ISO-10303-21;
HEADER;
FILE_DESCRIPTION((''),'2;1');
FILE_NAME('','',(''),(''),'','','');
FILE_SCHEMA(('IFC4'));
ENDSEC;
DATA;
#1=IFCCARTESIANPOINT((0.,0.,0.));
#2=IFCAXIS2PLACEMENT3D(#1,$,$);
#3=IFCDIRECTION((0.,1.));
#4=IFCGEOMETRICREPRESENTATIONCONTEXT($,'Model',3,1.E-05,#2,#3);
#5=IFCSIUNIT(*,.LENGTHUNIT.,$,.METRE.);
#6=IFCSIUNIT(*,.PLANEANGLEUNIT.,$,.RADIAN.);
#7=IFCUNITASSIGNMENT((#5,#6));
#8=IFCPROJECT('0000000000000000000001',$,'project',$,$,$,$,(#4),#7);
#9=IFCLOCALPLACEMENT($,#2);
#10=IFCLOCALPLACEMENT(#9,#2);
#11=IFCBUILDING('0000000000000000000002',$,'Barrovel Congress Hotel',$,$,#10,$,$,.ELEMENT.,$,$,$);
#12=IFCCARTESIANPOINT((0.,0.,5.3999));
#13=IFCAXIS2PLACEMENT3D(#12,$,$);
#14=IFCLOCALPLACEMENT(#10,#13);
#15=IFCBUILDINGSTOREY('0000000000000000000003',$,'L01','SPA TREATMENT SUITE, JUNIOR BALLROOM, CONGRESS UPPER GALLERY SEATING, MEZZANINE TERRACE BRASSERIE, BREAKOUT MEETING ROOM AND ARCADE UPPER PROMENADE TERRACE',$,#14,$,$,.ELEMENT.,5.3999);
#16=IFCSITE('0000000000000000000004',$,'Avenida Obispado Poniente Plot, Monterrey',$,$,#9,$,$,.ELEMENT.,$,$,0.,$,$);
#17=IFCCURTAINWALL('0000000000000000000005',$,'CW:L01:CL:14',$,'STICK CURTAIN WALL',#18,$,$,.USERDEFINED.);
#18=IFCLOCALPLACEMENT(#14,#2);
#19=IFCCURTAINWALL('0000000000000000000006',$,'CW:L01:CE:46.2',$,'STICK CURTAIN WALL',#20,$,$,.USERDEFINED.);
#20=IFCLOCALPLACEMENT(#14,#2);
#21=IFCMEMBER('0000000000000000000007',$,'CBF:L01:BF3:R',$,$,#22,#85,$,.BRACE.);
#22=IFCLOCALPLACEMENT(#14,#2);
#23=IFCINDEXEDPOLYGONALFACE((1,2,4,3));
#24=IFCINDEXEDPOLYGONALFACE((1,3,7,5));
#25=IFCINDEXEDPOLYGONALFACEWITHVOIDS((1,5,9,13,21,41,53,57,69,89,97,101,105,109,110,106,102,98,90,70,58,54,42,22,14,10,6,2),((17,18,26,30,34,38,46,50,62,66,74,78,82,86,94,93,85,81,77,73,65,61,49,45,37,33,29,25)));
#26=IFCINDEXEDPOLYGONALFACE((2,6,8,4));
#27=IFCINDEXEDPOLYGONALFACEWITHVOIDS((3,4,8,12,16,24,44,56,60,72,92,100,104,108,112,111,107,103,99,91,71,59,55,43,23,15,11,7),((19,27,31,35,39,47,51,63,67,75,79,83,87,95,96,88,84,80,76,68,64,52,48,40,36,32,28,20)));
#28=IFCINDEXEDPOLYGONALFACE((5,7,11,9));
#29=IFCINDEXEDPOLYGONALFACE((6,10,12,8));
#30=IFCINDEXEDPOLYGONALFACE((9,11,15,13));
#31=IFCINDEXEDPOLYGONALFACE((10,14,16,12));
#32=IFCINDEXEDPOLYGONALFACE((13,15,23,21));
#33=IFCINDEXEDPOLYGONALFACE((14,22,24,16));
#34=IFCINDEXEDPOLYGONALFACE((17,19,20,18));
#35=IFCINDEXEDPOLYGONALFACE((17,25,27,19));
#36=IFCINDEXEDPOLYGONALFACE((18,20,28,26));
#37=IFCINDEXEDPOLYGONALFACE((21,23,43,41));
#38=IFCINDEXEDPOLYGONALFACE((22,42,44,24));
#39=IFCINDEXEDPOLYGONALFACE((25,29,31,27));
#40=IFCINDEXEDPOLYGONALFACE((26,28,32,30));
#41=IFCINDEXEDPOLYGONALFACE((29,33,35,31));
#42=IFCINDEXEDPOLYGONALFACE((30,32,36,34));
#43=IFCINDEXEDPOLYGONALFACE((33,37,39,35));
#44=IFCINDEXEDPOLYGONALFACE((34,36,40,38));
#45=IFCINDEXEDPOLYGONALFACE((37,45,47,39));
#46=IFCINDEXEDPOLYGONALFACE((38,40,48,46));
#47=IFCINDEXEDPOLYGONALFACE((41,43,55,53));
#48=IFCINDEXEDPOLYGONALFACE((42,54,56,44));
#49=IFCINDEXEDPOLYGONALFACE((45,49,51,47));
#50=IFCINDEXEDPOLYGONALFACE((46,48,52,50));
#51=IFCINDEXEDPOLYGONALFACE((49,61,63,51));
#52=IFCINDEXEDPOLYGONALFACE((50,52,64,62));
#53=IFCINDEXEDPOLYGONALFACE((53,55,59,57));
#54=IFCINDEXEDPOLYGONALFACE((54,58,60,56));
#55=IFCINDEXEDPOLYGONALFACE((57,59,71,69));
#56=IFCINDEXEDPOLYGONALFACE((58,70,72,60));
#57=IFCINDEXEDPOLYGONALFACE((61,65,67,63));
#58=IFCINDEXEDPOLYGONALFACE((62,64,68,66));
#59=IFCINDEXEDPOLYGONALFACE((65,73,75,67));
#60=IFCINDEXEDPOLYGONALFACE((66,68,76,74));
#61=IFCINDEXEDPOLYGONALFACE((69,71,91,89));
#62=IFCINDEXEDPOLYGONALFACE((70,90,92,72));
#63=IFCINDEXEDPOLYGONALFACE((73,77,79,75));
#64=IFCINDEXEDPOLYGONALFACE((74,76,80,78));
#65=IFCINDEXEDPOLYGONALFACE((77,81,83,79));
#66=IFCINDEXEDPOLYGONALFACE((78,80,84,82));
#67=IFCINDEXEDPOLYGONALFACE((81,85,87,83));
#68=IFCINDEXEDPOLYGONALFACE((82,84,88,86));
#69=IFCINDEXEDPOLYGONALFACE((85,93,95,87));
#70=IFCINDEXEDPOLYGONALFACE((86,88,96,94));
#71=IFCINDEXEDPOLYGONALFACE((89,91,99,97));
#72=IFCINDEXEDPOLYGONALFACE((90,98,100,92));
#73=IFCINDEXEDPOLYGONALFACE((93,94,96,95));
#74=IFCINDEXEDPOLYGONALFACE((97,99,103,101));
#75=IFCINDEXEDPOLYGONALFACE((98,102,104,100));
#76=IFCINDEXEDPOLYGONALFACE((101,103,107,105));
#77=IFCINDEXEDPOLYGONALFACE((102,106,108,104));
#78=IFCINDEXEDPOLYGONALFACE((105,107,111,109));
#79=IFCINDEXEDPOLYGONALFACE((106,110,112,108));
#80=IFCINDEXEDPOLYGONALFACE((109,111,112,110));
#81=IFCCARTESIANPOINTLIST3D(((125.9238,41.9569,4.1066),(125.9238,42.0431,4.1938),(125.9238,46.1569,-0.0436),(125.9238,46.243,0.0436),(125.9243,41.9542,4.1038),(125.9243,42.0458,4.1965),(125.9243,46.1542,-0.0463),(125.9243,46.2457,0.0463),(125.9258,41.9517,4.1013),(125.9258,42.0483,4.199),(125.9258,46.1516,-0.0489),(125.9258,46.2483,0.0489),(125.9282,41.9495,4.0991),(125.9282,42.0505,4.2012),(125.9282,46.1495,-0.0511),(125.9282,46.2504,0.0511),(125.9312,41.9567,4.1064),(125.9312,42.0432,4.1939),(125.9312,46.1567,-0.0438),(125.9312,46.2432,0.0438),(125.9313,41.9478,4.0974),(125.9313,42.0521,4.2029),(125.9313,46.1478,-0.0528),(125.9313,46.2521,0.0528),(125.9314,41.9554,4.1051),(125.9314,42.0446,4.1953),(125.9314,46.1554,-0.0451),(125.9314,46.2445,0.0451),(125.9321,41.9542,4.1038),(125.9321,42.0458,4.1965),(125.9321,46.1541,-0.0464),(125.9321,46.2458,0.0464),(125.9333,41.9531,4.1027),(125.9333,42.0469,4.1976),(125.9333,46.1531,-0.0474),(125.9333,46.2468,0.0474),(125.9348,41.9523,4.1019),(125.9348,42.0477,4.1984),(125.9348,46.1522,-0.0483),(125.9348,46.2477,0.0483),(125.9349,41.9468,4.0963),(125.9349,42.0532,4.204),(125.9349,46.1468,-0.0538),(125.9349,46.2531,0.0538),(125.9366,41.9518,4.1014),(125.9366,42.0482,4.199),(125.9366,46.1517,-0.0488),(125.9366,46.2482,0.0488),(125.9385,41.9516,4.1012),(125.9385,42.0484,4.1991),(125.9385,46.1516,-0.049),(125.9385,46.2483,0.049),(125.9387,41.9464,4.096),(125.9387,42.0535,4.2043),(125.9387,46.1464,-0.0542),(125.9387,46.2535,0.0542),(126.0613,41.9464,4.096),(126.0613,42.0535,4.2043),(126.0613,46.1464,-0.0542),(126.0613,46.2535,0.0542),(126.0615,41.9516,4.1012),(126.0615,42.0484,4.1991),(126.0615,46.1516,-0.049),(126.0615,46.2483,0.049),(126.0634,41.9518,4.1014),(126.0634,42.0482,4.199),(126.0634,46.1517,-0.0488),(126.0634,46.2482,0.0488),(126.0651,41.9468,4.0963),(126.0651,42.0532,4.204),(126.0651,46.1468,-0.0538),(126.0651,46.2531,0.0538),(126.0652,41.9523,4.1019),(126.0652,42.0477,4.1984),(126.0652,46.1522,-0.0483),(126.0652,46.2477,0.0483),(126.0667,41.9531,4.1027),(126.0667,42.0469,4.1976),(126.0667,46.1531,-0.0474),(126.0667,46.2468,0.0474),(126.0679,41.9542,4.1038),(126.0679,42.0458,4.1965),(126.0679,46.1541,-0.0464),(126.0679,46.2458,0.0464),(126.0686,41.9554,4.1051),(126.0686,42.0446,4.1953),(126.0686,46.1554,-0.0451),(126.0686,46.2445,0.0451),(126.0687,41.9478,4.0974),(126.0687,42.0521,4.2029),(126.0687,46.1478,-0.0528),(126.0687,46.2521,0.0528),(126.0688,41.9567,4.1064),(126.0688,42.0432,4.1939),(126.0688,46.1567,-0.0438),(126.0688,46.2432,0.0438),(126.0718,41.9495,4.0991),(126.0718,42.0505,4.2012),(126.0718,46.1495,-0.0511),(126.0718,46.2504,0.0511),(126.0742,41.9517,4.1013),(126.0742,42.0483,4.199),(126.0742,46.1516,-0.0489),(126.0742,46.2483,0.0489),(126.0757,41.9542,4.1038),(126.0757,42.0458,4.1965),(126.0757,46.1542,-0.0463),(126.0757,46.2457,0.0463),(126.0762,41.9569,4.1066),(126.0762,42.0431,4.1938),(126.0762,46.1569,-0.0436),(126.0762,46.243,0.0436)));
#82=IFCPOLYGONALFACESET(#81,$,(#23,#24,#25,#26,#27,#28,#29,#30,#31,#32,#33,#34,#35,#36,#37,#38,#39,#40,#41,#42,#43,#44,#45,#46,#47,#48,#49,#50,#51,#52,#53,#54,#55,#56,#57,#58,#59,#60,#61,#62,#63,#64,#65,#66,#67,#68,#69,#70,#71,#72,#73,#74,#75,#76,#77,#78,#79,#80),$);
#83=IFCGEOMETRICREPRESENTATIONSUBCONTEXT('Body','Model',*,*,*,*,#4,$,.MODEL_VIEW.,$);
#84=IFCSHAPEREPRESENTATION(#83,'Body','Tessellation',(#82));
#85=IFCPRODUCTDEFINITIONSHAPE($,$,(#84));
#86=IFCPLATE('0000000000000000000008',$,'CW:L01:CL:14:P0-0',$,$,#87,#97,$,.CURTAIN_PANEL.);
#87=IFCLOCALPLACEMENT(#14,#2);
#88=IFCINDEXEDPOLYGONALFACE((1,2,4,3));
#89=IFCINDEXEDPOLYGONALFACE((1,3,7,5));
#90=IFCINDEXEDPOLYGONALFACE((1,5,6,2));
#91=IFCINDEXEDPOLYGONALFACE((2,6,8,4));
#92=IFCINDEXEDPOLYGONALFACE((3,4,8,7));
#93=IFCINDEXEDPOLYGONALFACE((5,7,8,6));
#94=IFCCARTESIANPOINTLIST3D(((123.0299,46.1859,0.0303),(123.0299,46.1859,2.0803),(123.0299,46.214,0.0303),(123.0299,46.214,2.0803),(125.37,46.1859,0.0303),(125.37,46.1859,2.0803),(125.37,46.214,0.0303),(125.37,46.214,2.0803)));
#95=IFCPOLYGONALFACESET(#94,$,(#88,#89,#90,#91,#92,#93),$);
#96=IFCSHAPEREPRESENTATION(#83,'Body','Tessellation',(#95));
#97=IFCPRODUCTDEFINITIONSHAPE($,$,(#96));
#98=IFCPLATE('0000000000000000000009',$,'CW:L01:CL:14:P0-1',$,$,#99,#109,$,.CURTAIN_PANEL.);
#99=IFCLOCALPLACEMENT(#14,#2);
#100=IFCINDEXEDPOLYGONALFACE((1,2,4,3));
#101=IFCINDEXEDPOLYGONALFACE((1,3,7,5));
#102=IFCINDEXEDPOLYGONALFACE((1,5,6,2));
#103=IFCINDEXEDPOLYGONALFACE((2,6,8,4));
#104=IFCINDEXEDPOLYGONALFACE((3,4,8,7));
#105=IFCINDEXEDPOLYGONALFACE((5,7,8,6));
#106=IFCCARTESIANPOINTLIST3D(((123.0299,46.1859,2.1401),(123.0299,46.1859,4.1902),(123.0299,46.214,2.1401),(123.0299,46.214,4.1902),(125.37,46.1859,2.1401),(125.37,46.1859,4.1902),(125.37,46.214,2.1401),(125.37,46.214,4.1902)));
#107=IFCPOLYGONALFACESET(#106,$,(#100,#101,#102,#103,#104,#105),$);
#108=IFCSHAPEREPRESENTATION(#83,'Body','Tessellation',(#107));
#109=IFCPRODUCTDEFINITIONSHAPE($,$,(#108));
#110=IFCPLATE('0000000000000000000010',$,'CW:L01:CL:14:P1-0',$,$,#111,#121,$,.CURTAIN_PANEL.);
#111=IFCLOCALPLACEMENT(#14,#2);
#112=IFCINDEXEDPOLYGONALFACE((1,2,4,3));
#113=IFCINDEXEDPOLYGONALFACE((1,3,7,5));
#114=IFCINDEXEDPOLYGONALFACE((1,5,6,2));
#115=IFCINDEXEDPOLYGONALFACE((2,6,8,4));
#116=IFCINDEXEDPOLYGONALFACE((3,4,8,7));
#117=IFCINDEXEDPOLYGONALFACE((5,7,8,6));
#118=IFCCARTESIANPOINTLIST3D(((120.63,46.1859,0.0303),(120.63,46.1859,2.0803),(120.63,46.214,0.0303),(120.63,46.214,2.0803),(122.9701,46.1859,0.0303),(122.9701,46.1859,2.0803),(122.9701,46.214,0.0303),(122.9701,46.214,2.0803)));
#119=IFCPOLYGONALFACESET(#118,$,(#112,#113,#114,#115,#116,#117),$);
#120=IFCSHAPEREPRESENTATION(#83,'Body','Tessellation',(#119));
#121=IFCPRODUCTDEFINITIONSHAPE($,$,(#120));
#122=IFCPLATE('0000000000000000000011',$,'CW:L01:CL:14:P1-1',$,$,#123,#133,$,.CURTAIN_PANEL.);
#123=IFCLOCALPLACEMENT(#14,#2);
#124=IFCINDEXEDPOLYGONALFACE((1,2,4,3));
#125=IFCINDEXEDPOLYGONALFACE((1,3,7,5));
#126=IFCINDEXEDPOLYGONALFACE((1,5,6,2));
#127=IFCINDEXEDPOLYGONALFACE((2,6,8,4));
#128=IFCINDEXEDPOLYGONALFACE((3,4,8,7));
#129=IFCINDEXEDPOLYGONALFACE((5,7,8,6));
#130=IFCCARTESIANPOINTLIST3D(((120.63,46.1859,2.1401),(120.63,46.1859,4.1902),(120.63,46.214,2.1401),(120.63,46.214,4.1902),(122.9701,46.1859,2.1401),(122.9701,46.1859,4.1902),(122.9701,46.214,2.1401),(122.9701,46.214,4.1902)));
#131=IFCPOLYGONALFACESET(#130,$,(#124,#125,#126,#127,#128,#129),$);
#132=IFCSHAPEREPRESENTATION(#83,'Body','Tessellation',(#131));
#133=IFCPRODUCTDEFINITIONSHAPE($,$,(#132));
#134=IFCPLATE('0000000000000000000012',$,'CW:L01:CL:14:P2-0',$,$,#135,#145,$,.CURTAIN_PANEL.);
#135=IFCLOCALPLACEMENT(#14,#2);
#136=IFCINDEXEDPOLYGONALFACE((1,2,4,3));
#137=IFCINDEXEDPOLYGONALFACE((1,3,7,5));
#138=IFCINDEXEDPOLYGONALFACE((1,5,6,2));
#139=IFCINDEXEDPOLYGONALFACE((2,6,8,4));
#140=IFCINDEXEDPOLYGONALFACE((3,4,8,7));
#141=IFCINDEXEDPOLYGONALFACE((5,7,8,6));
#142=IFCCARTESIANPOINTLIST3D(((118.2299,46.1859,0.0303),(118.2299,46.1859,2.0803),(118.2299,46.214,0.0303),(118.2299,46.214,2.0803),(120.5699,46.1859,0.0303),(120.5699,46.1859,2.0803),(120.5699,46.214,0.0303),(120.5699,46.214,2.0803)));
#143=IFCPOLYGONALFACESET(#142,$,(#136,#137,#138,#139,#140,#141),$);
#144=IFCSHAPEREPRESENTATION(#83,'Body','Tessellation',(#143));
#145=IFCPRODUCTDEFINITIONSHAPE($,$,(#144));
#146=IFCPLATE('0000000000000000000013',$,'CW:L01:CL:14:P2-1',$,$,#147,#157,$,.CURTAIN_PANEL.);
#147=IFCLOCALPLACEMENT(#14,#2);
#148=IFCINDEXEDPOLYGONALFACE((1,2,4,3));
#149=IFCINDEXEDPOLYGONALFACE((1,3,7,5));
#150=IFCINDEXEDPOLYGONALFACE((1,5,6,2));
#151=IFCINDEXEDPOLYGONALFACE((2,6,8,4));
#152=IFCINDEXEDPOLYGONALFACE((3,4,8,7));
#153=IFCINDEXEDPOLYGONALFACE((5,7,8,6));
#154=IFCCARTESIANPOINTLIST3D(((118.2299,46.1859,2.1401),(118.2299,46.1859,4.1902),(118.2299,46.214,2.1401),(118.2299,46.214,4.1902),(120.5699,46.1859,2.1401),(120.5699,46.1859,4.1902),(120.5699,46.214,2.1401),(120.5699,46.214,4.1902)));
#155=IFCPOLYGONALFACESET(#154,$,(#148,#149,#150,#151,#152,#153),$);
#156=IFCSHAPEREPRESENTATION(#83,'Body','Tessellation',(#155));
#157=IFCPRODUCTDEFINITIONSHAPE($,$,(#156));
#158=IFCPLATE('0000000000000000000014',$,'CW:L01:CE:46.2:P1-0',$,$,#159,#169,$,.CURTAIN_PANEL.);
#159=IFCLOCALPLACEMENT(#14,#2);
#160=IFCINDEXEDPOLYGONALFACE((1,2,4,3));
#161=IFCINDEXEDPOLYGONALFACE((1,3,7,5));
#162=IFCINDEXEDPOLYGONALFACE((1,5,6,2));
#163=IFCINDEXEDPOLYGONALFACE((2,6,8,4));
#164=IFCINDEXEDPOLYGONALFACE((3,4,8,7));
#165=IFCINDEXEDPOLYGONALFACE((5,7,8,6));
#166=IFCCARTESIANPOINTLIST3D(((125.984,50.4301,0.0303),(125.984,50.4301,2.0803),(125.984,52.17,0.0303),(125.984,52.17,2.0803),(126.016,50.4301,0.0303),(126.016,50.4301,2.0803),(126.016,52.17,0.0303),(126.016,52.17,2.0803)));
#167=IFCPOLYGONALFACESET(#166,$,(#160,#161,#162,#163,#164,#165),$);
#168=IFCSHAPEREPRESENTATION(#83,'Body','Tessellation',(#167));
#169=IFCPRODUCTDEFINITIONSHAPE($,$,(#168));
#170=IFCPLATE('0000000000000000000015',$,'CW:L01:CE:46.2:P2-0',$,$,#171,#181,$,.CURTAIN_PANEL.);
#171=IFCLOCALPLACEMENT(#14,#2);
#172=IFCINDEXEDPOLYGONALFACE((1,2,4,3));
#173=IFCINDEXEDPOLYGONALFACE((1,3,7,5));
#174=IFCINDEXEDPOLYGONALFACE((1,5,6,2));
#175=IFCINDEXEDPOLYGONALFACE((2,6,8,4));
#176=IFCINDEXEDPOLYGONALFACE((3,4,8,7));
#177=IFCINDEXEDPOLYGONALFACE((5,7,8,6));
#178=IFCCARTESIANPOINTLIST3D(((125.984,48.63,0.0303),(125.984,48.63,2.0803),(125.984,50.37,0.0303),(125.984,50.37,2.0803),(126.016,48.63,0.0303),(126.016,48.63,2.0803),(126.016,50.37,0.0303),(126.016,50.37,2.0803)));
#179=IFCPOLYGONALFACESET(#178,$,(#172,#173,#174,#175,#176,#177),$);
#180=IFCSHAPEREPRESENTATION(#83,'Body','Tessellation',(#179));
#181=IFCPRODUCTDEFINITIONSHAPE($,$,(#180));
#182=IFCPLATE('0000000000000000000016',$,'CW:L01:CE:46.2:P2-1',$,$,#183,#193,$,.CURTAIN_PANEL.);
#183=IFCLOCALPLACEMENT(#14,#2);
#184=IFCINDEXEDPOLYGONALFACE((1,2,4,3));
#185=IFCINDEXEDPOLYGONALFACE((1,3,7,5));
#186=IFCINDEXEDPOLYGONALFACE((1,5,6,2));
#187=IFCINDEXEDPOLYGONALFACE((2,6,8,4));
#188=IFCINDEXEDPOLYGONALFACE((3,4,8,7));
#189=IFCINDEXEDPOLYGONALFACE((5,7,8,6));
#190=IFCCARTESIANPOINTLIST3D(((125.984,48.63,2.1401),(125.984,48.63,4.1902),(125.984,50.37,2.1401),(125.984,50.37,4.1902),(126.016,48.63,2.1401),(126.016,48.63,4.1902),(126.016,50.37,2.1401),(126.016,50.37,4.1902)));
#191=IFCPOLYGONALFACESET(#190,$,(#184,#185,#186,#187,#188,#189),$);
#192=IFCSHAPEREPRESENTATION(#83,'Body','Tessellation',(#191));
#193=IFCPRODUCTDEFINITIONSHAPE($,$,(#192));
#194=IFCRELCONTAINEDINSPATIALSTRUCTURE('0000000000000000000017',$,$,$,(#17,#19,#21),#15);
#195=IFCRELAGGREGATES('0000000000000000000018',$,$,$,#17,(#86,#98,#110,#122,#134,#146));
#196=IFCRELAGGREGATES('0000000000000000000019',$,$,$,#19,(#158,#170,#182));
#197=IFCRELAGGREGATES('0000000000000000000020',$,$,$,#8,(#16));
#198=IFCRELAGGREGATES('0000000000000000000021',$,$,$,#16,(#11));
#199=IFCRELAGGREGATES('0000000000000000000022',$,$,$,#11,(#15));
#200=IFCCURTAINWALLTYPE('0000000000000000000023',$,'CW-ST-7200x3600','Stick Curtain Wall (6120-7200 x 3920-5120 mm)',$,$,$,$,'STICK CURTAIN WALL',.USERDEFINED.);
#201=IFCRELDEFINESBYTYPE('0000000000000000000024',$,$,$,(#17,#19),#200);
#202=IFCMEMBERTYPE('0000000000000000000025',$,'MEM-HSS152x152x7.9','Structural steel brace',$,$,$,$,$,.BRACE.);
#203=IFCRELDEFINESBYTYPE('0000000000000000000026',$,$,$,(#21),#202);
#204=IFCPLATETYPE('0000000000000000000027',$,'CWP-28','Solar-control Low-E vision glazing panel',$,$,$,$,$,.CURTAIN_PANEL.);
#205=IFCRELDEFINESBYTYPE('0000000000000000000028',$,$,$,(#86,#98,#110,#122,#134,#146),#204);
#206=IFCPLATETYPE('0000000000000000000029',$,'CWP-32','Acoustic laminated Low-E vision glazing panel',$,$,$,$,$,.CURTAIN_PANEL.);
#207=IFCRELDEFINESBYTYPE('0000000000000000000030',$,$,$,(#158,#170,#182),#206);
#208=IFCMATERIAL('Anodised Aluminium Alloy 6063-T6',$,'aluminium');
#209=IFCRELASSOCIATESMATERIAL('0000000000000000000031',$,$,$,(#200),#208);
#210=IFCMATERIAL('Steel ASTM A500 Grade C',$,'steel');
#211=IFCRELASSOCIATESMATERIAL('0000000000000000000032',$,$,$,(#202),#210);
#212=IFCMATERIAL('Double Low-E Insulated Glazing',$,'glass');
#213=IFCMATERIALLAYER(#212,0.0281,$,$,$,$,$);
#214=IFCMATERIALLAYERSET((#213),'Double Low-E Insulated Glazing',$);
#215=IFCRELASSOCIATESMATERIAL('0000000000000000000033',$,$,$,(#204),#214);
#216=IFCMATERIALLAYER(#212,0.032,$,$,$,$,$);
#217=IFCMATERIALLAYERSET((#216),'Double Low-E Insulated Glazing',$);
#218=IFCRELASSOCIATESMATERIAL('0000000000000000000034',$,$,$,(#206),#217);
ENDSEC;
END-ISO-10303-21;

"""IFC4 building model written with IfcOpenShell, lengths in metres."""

from ifc_helpers import new_model, si_unit, direction, frame, origin, origin_2d, place, context, subcontext, project, spatial, rectangle, hollow_rectangle, extrude, material, layer, layer_set, material_profile, profile_set, type_object, element, aggregate, save


model = new_model("IFC4")

# Units and contexts
model_context = context("Model", 3, precision=1e-05, world=origin(), true_north=direction((0.0, 1.0)))
body_context = subcontext(model_context, "Body", "Model", "MODEL_VIEW")
ifc_project = project(units=[si_unit("LENGTHUNIT", "METRE"), si_unit("PLANEANGLEUNIT", "RADIAN")], contexts=[model_context])

# Site, building, storey
site_placement = place(None, origin())
site = spatial("IfcSite", under=ifc_project, at=site_placement, Name="Avenida Obispado Poniente Plot, Monterrey", CompositionType="ELEMENT", RefElevation=0.0)
building_placement = place(site_placement, origin())
building = spatial("IfcBuilding", under=site, at=building_placement, Name="Barrovel Congress Hotel", CompositionType="ELEMENT")
storey_placement = place(building_placement, frame((0.0, 0.0, 5.3999)))
storey = spatial("IfcBuildingStorey", under=building, at=storey_placement, Name="L01", Description="SPA TREATMENT SUITE, JUNIOR BALLROOM, CONGRESS UPPER GALLERY SEATING, MEZZANINE TERRACE BRASSERIE, BREAKOUT MEETING ROOM AND ARCADE UPPER PROMENADE TERRACE", CompositionType="ELEMENT", Elevation=5.3999)

# Curtain walls
ifc_material_1 = material(Name="Anodised Aluminium Alloy 6063-T6", Category="aluminium")
curtain_wall_type = type_object("IfcCurtainWallType", Name="CW-ST-7200x3600", Description="Stick Curtain Wall (6120-7200 x 3920-5120 mm)", ElementType="STICK CURTAIN WALL", PredefinedType="USERDEFINED", material=ifc_material_1)
curtain_wall_1_placement = place(storey_placement, origin())
curtain_wall_1 = element("IfcCurtainWall", 1, at=curtain_wall_1_placement, inside=storey, type_object=curtain_wall_type, Name="CW:L01:CL:14", ObjectType="STICK CURTAIN WALL", PredefinedType="USERDEFINED")
curtain_wall_2_placement = place(storey_placement, origin())
curtain_wall_2 = element("IfcCurtainWall", 2, at=curtain_wall_2_placement, inside=storey, type_object=curtain_wall_type, Name="CW:L01:CE:46.2", ObjectType="STICK CURTAIN WALL", PredefinedType="USERDEFINED")

# Member
ifc_material_2 = material(Name="Steel ASTM A500 Grade C", Category="steel")
ifc_material_profile_1 = material_profile(ifc_material_2, hollow_rectangle(XDim=0.1523, YDim=0.1523, WallThickness=0.0073, InnerFilletRadius=0.0073, OuterFilletRadius=0.0149, at=origin_2d()), Name="HSS152x152x7.9")
ifc_profile_set_1 = profile_set([ifc_material_profile_1], Name="Steel ASTM A500 Grade C")
member_type_1 = type_object("IfcMemberType", Name="MEM-HSS152x152x7.9", Description="Structural steel brace", PredefinedType="BRACE", material=ifc_profile_set_1)
member_1_placement = place(storey_placement, frame((126.0, 46.2, 0.0), z_axis=(0.0, -0.711312, 0.702877), x_axis=(1.0, 0.0, 0.0)))
element("IfcMember", 3, at=member_1_placement, inside=storey, type_object=member_type_1, Name="CBF:L01:BF3:R", PredefinedType="BRACE", context=body_context, shape_type="SweptSolid", body=[
    extrude(hollow_rectangle(XDim=0.1523, YDim=0.1523, WallThickness=0.0073, InnerFilletRadius=0.0073, OuterFilletRadius=0.0149, at=origin_2d()), origin(), (0.0, 0.0, 1.0), 5.9045),
])

# Plates
ifc_material_3 = material(Name="Double Low-E Insulated Glazing", Category="glass")
ifc_layer_1 = layer(ifc_material_3, 0.0281)
ifc_layer_set_1 = layer_set([ifc_layer_1], Name="Double Low-E Insulated Glazing")
plate_type_1 = type_object("IfcPlateType", Name="CWP-28", Description="Solar-control Low-E vision glazing panel", PredefinedType="CURTAIN_PANEL", material=ifc_layer_set_1)
plate_1_placement = place(storey_placement, frame((124.2, 46.2, 0.0303), z_axis=(0.0, 0.0, 1.0), x_axis=(-1.0, 0.0, 0.0)))
plate_1 = element("IfcPlate", 4, at=plate_1_placement, type_object=plate_type_1, Name="CW:L01:CL:14:P0-0", PredefinedType="CURTAIN_PANEL", context=body_context, shape_type="SweptSolid", body=[
    extrude(rectangle(XDim=2.3401, YDim=0.0281, at=origin_2d()), origin(), (0.0, 0.0, 1.0), 2.05),
])
plate_2_placement = place(storey_placement, frame((124.2, 46.2, 2.1401), z_axis=(0.0, 0.0, 1.0), x_axis=(-1.0, 0.0, 0.0)))
plate_2 = element("IfcPlate", 5, at=plate_2_placement, type_object=plate_type_1, Name="CW:L01:CL:14:P0-1", PredefinedType="CURTAIN_PANEL", context=body_context, shape_type="SweptSolid", body=[
    extrude(rectangle(XDim=2.3401, YDim=0.0281, at=origin_2d()), origin(), (0.0, 0.0, 1.0), 2.05),
])
plate_3_placement = place(storey_placement, frame((121.8, 46.2, 0.0303), z_axis=(0.0, 0.0, 1.0), x_axis=(-1.0, 0.0, 0.0)))
plate_3 = element("IfcPlate", 6, at=plate_3_placement, type_object=plate_type_1, Name="CW:L01:CL:14:P1-0", PredefinedType="CURTAIN_PANEL", context=body_context, shape_type="SweptSolid", body=[
    extrude(rectangle(XDim=2.3401, YDim=0.0281, at=origin_2d()), origin(), (0.0, 0.0, 1.0), 2.05),
])
plate_4_placement = place(storey_placement, frame((121.8, 46.2, 2.1401), z_axis=(0.0, 0.0, 1.0), x_axis=(-1.0, 0.0, 0.0)))
plate_4 = element("IfcPlate", 7, at=plate_4_placement, type_object=plate_type_1, Name="CW:L01:CL:14:P1-1", PredefinedType="CURTAIN_PANEL", context=body_context, shape_type="SweptSolid", body=[
    extrude(rectangle(XDim=2.3401, YDim=0.0281, at=origin_2d()), origin(), (0.0, 0.0, 1.0), 2.05),
])
plate_5_placement = place(storey_placement, frame((119.3999, 46.2, 0.0303), z_axis=(0.0, 0.0, 1.0), x_axis=(-1.0, 0.0, 0.0)))
plate_5 = element("IfcPlate", 8, at=plate_5_placement, type_object=plate_type_1, Name="CW:L01:CL:14:P2-0", PredefinedType="CURTAIN_PANEL", context=body_context, shape_type="SweptSolid", body=[
    extrude(rectangle(XDim=2.3401, YDim=0.0281, at=origin_2d()), origin(), (0.0, 0.0, 1.0), 2.05),
])
plate_6_placement = place(storey_placement, frame((119.3999, 46.2, 2.1401), z_axis=(0.0, 0.0, 1.0), x_axis=(-1.0, 0.0, 0.0)))
plate_6 = element("IfcPlate", 9, at=plate_6_placement, type_object=plate_type_1, Name="CW:L01:CL:14:P2-1", PredefinedType="CURTAIN_PANEL", context=body_context, shape_type="SweptSolid", body=[
    extrude(rectangle(XDim=2.3401, YDim=0.0281, at=origin_2d()), origin(), (0.0, 0.0, 1.0), 2.05),
])
aggregate(curtain_wall_1, [plate_1, plate_2, plate_3, plate_4, plate_5, plate_6])
ifc_layer_2 = layer(ifc_material_3, 0.032)
ifc_layer_set_2 = layer_set([ifc_layer_2], Name="Double Low-E Insulated Glazing")
plate_type_2 = type_object("IfcPlateType", Name="CWP-32", Description="Acoustic laminated Low-E vision glazing panel", PredefinedType="CURTAIN_PANEL", material=ifc_layer_set_2)
plate_7_placement = place(storey_placement, frame((126.0, 51.3, 0.0303), z_axis=(0.0, 0.0, 1.0), x_axis=(0.0, -1.0, 0.0)))
plate_7 = element("IfcPlate", 10, at=plate_7_placement, type_object=plate_type_2, Name="CW:L01:CE:46.2:P1-0", PredefinedType="CURTAIN_PANEL", context=body_context, shape_type="SweptSolid", body=[
    extrude(rectangle(XDim=1.74, YDim=0.032, at=origin_2d()), origin(), (0.0, 0.0, 1.0), 2.05),
])
plate_8_placement = place(storey_placement, frame((126.0, 49.5, 0.0303), z_axis=(0.0, 0.0, 1.0), x_axis=(0.0, -1.0, 0.0)))
plate_8 = element("IfcPlate", 11, at=plate_8_placement, type_object=plate_type_2, Name="CW:L01:CE:46.2:P2-0", PredefinedType="CURTAIN_PANEL", context=body_context, shape_type="SweptSolid", body=[
    extrude(rectangle(XDim=1.74, YDim=0.032, at=origin_2d()), origin(), (0.0, 0.0, 1.0), 2.05),
])
plate_9_placement = place(storey_placement, frame((126.0, 49.5, 2.1401), z_axis=(0.0, 0.0, 1.0), x_axis=(0.0, -1.0, 0.0)))
plate_9 = element("IfcPlate", 12, at=plate_9_placement, type_object=plate_type_2, Name="CW:L01:CE:46.2:P2-1", PredefinedType="CURTAIN_PANEL", context=body_context, shape_type="SweptSolid", body=[
    extrude(rectangle(XDim=1.74, YDim=0.032, at=origin_2d()), origin(), (0.0, 0.0, 1.0), 2.05),
])
aggregate(curtain_wall_2, [plate_7, plate_8, plate_9])

save(model, "model.ifc")
